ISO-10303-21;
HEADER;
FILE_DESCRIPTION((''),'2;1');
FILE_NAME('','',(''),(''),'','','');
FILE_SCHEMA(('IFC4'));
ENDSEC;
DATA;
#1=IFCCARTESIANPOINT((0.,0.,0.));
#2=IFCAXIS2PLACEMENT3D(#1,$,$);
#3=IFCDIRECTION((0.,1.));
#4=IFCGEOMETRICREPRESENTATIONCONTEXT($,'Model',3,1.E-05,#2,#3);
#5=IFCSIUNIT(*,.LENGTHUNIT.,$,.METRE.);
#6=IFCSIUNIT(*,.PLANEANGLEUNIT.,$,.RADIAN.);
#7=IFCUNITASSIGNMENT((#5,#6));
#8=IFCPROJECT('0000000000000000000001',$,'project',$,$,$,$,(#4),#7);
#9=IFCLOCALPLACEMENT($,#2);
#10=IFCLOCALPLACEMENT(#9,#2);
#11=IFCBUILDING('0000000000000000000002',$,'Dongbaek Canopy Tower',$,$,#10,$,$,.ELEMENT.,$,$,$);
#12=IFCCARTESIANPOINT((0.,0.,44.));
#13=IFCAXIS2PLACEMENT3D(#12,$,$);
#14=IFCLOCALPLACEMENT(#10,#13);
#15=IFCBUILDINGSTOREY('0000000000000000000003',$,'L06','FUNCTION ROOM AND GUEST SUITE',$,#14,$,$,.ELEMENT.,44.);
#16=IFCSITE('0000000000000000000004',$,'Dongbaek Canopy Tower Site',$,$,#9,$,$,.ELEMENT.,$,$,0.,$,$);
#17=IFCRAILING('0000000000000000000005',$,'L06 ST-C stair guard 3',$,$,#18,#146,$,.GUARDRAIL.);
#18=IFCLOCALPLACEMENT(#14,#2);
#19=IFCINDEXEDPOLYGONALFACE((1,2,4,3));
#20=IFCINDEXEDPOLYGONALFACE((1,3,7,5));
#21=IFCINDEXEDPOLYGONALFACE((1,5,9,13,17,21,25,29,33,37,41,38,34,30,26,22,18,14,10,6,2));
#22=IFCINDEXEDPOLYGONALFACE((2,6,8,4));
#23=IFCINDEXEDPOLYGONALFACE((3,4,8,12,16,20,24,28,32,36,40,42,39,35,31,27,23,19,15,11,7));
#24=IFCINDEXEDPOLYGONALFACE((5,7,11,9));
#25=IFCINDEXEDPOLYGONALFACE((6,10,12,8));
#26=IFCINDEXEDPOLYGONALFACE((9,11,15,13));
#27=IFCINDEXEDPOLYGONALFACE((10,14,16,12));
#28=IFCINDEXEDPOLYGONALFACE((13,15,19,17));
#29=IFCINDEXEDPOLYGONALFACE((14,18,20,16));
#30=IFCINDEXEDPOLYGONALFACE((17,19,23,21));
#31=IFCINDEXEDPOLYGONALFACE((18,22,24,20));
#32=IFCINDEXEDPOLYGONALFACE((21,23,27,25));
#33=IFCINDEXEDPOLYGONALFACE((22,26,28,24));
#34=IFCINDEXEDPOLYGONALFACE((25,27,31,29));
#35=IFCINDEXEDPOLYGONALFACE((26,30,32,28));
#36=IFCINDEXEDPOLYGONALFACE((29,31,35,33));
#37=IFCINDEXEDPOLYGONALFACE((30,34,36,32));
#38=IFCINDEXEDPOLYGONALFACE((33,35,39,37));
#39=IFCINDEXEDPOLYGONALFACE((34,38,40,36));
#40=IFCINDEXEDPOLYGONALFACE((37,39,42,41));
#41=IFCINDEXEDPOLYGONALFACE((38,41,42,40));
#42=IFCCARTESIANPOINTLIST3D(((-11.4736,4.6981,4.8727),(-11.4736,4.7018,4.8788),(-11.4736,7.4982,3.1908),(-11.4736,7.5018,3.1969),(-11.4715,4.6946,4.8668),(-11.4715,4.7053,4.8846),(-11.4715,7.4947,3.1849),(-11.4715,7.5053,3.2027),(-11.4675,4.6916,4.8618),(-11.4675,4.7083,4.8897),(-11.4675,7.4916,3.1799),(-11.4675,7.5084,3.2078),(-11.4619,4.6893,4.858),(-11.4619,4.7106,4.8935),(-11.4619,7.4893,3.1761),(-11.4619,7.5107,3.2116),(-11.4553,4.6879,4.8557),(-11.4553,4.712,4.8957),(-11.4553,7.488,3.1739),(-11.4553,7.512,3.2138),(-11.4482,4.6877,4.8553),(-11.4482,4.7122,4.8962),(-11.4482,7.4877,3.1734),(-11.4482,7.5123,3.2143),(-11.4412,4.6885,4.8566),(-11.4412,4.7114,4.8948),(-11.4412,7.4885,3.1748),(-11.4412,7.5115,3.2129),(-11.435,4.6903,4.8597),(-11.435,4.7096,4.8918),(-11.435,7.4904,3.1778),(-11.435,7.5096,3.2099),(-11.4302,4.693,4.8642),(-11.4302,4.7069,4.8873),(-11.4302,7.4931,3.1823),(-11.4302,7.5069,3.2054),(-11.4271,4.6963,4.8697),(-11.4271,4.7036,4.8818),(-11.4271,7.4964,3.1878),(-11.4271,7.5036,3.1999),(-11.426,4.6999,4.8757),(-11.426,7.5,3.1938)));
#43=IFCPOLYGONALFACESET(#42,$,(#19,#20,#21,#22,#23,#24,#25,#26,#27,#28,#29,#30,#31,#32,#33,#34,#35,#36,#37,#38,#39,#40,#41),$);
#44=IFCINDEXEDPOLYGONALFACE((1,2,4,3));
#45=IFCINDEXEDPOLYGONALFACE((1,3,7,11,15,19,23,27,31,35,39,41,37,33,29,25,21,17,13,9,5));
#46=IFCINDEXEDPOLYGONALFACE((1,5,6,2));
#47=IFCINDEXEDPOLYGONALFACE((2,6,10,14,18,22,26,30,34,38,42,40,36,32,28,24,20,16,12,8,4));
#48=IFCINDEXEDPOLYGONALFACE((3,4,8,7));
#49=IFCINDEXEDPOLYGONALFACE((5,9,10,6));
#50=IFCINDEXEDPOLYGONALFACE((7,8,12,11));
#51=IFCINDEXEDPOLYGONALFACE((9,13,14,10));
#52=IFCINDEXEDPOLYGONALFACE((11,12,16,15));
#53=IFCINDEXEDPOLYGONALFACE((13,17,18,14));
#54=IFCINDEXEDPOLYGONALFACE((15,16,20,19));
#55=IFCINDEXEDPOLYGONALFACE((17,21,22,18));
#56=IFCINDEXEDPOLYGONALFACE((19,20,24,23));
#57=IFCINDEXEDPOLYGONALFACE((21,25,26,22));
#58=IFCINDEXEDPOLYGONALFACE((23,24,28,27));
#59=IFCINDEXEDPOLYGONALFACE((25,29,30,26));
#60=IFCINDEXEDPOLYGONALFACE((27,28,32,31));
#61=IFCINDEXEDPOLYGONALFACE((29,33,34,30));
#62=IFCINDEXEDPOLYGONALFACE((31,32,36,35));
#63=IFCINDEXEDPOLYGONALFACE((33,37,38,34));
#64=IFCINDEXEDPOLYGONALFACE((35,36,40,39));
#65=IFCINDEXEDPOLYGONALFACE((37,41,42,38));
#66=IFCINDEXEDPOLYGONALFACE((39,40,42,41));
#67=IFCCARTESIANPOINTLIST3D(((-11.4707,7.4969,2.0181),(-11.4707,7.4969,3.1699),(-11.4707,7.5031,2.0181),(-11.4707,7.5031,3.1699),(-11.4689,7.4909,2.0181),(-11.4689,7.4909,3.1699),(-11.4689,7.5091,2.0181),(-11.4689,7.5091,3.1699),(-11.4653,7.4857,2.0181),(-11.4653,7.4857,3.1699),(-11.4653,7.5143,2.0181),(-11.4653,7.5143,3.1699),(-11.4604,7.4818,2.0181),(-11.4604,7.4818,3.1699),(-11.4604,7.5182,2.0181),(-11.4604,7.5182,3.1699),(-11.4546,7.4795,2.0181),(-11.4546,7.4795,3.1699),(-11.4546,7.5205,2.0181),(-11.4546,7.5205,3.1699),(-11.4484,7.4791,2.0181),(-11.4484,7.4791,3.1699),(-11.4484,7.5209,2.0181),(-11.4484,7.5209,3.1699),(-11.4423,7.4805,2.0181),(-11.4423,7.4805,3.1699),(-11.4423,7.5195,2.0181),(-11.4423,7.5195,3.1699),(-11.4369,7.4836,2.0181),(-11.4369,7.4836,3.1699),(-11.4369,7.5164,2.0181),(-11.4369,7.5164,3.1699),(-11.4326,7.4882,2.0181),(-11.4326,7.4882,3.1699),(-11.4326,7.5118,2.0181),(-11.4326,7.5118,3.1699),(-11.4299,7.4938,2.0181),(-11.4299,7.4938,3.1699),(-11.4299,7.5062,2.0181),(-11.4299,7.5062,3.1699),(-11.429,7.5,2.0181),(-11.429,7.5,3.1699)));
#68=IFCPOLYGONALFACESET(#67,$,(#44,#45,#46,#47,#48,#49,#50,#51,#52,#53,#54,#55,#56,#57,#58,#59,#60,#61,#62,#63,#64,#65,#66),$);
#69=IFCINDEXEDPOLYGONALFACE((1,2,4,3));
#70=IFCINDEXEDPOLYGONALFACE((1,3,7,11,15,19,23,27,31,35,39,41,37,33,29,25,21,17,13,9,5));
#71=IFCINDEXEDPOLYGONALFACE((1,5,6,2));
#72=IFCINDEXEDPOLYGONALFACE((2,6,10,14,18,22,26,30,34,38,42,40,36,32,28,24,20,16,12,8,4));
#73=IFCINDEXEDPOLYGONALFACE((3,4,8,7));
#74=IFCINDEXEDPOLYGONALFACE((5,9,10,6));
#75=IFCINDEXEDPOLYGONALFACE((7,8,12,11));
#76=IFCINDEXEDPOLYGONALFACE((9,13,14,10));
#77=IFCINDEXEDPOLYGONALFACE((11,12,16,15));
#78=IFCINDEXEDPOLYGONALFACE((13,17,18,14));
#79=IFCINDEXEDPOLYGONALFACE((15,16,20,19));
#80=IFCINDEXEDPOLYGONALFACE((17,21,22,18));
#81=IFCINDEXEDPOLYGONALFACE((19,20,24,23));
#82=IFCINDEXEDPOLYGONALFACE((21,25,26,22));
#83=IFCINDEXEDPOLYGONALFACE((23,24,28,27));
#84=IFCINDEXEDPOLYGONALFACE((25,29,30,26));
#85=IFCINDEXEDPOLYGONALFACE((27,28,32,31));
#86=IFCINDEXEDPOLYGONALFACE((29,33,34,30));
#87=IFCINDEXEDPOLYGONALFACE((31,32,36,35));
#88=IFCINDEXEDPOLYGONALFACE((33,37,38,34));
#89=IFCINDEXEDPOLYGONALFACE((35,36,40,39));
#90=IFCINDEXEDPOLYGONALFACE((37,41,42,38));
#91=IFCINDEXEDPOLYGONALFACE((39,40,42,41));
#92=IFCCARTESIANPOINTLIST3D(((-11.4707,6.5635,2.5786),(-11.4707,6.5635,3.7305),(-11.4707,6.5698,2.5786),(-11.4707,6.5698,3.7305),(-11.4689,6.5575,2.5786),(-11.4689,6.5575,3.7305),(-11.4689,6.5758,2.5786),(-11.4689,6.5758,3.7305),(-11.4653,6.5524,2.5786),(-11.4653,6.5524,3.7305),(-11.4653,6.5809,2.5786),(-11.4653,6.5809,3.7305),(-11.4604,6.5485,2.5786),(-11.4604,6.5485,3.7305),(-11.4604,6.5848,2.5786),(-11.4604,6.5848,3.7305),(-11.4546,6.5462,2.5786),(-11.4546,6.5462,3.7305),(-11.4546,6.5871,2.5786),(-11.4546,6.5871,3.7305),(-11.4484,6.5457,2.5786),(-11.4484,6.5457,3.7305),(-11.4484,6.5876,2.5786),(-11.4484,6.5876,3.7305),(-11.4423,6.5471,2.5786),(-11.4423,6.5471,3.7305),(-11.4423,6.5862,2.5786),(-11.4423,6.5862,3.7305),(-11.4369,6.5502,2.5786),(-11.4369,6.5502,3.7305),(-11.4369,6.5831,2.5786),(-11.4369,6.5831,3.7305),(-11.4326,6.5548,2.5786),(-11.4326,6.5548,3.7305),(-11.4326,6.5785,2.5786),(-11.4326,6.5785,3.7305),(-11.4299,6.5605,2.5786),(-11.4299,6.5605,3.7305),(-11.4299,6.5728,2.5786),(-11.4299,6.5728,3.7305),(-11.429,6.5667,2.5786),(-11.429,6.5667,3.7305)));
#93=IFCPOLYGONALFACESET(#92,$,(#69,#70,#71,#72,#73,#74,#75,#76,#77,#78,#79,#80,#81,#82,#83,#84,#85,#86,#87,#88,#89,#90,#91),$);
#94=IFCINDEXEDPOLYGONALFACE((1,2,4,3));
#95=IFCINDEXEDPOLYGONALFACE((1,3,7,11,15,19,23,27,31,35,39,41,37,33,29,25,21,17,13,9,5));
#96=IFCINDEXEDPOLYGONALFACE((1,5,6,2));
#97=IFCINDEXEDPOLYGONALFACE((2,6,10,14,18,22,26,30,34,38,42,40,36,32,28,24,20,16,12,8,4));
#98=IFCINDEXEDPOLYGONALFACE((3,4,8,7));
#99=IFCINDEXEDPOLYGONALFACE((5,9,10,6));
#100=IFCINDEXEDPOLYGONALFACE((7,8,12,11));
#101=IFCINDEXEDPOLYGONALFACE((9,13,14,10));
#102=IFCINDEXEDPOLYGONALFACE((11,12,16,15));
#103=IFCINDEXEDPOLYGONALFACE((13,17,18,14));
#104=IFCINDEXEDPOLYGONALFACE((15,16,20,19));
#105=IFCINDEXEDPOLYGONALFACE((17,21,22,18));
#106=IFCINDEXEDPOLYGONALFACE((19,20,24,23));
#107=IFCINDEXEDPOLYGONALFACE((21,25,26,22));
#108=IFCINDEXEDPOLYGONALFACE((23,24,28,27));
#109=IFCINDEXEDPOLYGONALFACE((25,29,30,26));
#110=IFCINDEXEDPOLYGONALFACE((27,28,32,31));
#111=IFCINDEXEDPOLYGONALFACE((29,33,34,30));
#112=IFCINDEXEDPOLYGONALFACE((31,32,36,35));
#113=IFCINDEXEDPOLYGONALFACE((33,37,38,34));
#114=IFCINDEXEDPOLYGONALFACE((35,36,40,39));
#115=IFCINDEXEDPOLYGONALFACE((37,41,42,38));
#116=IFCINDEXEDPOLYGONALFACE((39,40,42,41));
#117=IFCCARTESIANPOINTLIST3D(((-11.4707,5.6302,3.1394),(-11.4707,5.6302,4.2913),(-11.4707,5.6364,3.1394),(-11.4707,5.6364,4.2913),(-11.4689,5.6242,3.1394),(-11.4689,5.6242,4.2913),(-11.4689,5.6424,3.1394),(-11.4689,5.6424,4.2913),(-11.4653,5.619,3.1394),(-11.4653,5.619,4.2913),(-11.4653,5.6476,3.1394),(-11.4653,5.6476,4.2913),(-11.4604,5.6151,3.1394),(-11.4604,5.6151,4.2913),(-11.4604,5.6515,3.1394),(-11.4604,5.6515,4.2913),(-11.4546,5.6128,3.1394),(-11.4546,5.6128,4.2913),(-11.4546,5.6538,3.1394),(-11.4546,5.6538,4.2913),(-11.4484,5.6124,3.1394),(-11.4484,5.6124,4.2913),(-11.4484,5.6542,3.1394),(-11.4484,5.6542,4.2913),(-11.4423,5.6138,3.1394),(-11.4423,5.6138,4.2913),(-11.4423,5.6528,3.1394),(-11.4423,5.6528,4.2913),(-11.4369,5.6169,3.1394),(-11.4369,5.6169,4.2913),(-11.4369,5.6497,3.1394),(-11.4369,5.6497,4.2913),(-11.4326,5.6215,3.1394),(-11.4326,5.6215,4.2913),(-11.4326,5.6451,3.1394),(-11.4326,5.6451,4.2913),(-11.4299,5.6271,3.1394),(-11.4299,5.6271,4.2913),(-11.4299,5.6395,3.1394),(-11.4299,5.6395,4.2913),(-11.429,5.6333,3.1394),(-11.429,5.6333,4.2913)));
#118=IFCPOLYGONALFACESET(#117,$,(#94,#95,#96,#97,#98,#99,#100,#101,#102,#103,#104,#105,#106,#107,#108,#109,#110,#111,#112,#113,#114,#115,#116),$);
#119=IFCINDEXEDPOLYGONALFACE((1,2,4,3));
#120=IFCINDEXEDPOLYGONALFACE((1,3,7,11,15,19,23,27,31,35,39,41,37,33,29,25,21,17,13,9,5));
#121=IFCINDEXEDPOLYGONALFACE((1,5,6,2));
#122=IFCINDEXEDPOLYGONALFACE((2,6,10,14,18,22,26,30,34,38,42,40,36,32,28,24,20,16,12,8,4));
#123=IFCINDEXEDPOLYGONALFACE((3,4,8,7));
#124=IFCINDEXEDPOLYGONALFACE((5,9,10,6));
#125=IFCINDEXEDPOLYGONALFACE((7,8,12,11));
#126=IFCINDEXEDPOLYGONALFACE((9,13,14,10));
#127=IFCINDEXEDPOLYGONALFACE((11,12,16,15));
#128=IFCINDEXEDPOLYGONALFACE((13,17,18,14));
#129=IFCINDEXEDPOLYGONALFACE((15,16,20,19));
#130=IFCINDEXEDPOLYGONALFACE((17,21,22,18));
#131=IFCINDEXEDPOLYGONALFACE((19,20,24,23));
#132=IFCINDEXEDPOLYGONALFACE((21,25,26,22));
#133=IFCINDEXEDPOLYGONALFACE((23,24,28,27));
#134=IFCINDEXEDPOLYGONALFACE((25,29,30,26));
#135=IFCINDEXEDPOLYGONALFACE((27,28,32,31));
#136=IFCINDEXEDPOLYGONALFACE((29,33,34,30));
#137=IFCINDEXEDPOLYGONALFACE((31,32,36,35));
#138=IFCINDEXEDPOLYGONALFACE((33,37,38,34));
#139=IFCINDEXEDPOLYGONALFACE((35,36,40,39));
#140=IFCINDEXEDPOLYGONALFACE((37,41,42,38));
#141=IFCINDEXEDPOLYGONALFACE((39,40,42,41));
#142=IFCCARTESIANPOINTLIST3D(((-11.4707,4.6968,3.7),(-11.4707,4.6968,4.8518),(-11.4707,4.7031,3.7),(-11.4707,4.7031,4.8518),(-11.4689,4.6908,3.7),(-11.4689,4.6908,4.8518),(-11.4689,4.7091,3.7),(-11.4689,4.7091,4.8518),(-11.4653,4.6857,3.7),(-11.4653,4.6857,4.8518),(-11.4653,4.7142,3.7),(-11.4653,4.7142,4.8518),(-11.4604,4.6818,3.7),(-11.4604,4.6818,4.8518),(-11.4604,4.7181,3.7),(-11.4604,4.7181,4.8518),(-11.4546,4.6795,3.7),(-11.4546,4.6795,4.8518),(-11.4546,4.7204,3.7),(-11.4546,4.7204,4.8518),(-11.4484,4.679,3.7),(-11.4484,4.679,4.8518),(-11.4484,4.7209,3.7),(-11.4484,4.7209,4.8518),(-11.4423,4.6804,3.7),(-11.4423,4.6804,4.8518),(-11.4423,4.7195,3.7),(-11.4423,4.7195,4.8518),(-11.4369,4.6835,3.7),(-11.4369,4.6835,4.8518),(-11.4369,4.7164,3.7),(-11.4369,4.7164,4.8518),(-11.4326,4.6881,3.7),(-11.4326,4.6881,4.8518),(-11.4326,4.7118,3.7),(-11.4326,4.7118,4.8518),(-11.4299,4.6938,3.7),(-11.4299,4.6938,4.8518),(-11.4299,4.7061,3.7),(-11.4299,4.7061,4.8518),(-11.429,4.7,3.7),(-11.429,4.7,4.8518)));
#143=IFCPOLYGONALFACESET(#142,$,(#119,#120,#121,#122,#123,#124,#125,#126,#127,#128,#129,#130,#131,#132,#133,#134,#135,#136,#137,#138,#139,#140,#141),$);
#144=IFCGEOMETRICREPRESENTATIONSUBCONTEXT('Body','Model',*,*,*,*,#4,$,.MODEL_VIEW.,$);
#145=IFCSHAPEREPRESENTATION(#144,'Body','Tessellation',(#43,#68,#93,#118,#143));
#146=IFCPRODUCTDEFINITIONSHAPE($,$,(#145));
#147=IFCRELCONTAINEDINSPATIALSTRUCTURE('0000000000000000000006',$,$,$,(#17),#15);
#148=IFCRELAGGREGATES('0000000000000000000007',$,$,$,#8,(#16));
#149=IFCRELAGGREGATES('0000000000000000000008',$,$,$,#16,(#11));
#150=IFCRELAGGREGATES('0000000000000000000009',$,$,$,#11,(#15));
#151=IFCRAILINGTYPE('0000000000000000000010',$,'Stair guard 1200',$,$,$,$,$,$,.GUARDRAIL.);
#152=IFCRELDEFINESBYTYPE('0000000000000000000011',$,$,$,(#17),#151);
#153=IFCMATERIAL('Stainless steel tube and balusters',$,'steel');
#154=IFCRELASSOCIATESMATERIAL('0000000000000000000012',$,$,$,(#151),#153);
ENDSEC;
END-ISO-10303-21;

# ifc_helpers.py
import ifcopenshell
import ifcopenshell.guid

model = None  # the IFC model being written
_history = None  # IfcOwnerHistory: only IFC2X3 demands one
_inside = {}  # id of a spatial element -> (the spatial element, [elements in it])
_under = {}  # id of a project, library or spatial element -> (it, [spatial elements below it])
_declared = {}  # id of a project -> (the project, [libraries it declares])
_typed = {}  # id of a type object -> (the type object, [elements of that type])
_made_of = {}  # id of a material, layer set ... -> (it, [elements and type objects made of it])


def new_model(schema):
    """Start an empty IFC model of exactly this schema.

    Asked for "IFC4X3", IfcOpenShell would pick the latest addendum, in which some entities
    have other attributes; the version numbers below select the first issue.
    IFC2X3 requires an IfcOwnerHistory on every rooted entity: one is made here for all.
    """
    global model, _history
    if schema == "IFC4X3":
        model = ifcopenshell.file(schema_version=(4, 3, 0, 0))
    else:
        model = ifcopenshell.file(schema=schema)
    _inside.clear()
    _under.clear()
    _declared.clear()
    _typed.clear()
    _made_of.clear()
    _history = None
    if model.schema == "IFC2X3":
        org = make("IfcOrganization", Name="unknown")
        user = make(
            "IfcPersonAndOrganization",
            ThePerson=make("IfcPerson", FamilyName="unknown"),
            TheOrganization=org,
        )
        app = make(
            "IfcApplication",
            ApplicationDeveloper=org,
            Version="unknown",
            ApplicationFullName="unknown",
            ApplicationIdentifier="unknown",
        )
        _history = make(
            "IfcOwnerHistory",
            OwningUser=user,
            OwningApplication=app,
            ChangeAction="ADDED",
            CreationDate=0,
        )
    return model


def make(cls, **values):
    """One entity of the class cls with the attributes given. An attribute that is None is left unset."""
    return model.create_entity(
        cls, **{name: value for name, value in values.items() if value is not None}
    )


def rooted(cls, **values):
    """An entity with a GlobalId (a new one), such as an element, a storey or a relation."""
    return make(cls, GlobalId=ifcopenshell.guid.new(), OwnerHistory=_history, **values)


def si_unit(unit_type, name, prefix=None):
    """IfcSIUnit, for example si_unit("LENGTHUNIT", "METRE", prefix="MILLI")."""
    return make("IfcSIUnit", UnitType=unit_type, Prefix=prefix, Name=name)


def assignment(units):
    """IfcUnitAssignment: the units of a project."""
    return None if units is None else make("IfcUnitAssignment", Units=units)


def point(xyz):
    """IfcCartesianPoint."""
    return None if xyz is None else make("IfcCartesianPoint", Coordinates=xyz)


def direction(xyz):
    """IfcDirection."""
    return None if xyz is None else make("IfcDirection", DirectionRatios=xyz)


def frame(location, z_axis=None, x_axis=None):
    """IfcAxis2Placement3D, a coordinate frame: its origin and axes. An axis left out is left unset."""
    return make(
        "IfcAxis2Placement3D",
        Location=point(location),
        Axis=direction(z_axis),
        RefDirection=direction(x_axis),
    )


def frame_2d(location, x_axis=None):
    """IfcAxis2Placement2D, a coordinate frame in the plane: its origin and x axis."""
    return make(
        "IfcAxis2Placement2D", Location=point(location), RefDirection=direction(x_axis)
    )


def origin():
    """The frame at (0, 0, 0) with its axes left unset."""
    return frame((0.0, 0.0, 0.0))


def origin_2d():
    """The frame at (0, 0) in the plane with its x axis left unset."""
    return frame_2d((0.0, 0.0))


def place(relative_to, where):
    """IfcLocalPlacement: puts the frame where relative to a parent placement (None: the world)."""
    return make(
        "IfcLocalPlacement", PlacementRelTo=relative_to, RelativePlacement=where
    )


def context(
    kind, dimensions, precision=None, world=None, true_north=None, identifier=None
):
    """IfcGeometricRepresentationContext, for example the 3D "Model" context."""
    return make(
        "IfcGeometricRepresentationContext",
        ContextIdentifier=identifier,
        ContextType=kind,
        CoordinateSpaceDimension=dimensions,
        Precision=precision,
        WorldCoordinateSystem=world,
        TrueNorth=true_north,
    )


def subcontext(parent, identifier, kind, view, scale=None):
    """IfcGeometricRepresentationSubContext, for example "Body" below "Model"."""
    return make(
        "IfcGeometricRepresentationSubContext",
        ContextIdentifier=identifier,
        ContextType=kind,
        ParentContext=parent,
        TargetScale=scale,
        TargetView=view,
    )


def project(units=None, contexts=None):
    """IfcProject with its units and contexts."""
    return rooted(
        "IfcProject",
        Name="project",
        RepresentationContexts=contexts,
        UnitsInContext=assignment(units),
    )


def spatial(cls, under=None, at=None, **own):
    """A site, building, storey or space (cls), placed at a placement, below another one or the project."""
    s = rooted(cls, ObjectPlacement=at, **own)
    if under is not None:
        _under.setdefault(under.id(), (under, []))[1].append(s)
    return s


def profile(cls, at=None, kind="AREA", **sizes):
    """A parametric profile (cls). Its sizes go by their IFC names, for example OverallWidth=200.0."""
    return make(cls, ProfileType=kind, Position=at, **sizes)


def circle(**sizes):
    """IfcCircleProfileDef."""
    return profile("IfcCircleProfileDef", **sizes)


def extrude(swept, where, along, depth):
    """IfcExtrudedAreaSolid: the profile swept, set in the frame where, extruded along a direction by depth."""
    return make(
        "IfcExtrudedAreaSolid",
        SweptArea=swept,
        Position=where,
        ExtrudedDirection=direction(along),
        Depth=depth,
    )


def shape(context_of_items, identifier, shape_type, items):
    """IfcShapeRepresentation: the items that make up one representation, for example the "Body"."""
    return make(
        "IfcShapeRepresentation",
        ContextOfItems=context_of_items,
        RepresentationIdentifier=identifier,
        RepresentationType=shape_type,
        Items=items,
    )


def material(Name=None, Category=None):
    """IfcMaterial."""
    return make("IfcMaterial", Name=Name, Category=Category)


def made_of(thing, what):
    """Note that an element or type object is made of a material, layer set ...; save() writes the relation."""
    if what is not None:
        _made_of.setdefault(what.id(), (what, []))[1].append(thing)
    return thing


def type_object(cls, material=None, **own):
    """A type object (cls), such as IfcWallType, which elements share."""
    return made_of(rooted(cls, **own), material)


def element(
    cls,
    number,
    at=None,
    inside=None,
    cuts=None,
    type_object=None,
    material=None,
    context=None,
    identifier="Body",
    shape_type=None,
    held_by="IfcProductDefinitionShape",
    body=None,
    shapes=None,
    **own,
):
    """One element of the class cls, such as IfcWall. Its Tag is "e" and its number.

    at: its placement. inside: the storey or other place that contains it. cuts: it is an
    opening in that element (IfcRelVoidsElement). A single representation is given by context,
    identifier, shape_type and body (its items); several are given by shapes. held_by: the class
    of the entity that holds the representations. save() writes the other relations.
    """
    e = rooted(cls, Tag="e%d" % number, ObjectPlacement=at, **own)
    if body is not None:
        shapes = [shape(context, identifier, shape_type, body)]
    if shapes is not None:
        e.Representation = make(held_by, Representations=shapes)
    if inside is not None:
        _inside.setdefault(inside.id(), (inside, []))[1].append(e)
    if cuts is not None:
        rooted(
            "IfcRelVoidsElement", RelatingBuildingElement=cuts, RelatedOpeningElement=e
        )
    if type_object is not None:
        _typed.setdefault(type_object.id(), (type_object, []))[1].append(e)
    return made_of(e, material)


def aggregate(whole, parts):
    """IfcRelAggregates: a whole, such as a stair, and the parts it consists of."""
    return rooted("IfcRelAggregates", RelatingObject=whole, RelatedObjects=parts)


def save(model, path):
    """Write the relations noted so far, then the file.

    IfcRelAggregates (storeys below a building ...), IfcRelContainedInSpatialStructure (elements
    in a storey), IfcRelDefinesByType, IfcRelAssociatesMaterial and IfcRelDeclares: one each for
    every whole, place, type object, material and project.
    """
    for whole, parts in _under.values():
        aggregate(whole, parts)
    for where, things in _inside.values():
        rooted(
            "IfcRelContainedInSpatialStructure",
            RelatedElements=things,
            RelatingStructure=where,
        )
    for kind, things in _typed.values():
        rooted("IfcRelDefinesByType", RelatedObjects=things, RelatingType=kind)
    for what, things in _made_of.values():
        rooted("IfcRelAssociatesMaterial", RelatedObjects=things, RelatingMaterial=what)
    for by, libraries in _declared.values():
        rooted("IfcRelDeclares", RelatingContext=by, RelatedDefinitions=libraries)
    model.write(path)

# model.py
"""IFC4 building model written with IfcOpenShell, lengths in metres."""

from ifc_helpers import new_model, si_unit, direction, frame, origin, origin_2d, place, context, subcontext, project, spatial, circle, extrude, material, type_object, element, save


model = new_model("IFC4")

# Units and contexts
model_context = context("Model", 3, precision=1e-05, world=origin(), true_north=direction((0.0, 1.0)))
body_context = subcontext(model_context, "Body", "Model", "MODEL_VIEW")
ifc_project = project(units=[si_unit("LENGTHUNIT", "METRE"), si_unit("PLANEANGLEUNIT", "RADIAN")], contexts=[model_context])

# Site, building, storey
site_placement = place(None, origin())
site = spatial("IfcSite", under=ifc_project, at=site_placement, Name="Dongbaek Canopy Tower Site", CompositionType="ELEMENT", RefElevation=0.0)
building_placement = place(site_placement, origin())
building = spatial("IfcBuilding", under=site, at=building_placement, Name="Dongbaek Canopy Tower", CompositionType="ELEMENT")
storey_placement = place(building_placement, frame((0.0, 0.0, 44.0)))
storey = spatial("IfcBuildingStorey", under=building, at=storey_placement, Name="L06", Description="FUNCTION ROOM AND GUEST SUITE", CompositionType="ELEMENT", Elevation=44.0)

# Railing
ifc_material_1 = material(Name="Stainless steel tube and balusters", Category="steel")
railing_type_1 = type_object("IfcRailingType", Name="Stair guard 1200", PredefinedType="GUARDRAIL", material=ifc_material_1)
railing_1_placement = place(storey_placement, frame((-11.45, 7.5, 2.0181)))
element("IfcRailing", 1, at=railing_1_placement, inside=storey, type_object=railing_type_1, Name="L06 ST-C stair guard 3", PredefinedType="GUARDRAIL", context=body_context, shape_type="SweptSolid", body=[
    extrude(circle(Radius=0.0239, at=origin_2d()), frame((0.0, 0.0, 1.1758), z_axis=(0.0, -0.857242, 0.514913), x_axis=(1.0, 0.0, 0.0)), (0.0, 0.0, 1.0), 3.2664),
    extrude(circle(Radius=0.021, at=origin_2d()), origin(), (0.0, 0.0, 1.0), 1.1519),
    extrude(circle(Radius=0.021, at=origin_2d()), frame((0.0, -0.9333, 0.5605)), (0.0, 0.0, 1.0), 1.1519),
    extrude(circle(Radius=0.021, at=origin_2d()), frame((0.0, -1.8667, 1.1213)), (0.0, 0.0, 1.0), 1.1519),
    extrude(circle(Radius=0.021, at=origin_2d()), frame((0.0, -2.8, 1.6819)), (0.0, 0.0, 1.0), 1.1519),
])

save(model, "model.ifc")
